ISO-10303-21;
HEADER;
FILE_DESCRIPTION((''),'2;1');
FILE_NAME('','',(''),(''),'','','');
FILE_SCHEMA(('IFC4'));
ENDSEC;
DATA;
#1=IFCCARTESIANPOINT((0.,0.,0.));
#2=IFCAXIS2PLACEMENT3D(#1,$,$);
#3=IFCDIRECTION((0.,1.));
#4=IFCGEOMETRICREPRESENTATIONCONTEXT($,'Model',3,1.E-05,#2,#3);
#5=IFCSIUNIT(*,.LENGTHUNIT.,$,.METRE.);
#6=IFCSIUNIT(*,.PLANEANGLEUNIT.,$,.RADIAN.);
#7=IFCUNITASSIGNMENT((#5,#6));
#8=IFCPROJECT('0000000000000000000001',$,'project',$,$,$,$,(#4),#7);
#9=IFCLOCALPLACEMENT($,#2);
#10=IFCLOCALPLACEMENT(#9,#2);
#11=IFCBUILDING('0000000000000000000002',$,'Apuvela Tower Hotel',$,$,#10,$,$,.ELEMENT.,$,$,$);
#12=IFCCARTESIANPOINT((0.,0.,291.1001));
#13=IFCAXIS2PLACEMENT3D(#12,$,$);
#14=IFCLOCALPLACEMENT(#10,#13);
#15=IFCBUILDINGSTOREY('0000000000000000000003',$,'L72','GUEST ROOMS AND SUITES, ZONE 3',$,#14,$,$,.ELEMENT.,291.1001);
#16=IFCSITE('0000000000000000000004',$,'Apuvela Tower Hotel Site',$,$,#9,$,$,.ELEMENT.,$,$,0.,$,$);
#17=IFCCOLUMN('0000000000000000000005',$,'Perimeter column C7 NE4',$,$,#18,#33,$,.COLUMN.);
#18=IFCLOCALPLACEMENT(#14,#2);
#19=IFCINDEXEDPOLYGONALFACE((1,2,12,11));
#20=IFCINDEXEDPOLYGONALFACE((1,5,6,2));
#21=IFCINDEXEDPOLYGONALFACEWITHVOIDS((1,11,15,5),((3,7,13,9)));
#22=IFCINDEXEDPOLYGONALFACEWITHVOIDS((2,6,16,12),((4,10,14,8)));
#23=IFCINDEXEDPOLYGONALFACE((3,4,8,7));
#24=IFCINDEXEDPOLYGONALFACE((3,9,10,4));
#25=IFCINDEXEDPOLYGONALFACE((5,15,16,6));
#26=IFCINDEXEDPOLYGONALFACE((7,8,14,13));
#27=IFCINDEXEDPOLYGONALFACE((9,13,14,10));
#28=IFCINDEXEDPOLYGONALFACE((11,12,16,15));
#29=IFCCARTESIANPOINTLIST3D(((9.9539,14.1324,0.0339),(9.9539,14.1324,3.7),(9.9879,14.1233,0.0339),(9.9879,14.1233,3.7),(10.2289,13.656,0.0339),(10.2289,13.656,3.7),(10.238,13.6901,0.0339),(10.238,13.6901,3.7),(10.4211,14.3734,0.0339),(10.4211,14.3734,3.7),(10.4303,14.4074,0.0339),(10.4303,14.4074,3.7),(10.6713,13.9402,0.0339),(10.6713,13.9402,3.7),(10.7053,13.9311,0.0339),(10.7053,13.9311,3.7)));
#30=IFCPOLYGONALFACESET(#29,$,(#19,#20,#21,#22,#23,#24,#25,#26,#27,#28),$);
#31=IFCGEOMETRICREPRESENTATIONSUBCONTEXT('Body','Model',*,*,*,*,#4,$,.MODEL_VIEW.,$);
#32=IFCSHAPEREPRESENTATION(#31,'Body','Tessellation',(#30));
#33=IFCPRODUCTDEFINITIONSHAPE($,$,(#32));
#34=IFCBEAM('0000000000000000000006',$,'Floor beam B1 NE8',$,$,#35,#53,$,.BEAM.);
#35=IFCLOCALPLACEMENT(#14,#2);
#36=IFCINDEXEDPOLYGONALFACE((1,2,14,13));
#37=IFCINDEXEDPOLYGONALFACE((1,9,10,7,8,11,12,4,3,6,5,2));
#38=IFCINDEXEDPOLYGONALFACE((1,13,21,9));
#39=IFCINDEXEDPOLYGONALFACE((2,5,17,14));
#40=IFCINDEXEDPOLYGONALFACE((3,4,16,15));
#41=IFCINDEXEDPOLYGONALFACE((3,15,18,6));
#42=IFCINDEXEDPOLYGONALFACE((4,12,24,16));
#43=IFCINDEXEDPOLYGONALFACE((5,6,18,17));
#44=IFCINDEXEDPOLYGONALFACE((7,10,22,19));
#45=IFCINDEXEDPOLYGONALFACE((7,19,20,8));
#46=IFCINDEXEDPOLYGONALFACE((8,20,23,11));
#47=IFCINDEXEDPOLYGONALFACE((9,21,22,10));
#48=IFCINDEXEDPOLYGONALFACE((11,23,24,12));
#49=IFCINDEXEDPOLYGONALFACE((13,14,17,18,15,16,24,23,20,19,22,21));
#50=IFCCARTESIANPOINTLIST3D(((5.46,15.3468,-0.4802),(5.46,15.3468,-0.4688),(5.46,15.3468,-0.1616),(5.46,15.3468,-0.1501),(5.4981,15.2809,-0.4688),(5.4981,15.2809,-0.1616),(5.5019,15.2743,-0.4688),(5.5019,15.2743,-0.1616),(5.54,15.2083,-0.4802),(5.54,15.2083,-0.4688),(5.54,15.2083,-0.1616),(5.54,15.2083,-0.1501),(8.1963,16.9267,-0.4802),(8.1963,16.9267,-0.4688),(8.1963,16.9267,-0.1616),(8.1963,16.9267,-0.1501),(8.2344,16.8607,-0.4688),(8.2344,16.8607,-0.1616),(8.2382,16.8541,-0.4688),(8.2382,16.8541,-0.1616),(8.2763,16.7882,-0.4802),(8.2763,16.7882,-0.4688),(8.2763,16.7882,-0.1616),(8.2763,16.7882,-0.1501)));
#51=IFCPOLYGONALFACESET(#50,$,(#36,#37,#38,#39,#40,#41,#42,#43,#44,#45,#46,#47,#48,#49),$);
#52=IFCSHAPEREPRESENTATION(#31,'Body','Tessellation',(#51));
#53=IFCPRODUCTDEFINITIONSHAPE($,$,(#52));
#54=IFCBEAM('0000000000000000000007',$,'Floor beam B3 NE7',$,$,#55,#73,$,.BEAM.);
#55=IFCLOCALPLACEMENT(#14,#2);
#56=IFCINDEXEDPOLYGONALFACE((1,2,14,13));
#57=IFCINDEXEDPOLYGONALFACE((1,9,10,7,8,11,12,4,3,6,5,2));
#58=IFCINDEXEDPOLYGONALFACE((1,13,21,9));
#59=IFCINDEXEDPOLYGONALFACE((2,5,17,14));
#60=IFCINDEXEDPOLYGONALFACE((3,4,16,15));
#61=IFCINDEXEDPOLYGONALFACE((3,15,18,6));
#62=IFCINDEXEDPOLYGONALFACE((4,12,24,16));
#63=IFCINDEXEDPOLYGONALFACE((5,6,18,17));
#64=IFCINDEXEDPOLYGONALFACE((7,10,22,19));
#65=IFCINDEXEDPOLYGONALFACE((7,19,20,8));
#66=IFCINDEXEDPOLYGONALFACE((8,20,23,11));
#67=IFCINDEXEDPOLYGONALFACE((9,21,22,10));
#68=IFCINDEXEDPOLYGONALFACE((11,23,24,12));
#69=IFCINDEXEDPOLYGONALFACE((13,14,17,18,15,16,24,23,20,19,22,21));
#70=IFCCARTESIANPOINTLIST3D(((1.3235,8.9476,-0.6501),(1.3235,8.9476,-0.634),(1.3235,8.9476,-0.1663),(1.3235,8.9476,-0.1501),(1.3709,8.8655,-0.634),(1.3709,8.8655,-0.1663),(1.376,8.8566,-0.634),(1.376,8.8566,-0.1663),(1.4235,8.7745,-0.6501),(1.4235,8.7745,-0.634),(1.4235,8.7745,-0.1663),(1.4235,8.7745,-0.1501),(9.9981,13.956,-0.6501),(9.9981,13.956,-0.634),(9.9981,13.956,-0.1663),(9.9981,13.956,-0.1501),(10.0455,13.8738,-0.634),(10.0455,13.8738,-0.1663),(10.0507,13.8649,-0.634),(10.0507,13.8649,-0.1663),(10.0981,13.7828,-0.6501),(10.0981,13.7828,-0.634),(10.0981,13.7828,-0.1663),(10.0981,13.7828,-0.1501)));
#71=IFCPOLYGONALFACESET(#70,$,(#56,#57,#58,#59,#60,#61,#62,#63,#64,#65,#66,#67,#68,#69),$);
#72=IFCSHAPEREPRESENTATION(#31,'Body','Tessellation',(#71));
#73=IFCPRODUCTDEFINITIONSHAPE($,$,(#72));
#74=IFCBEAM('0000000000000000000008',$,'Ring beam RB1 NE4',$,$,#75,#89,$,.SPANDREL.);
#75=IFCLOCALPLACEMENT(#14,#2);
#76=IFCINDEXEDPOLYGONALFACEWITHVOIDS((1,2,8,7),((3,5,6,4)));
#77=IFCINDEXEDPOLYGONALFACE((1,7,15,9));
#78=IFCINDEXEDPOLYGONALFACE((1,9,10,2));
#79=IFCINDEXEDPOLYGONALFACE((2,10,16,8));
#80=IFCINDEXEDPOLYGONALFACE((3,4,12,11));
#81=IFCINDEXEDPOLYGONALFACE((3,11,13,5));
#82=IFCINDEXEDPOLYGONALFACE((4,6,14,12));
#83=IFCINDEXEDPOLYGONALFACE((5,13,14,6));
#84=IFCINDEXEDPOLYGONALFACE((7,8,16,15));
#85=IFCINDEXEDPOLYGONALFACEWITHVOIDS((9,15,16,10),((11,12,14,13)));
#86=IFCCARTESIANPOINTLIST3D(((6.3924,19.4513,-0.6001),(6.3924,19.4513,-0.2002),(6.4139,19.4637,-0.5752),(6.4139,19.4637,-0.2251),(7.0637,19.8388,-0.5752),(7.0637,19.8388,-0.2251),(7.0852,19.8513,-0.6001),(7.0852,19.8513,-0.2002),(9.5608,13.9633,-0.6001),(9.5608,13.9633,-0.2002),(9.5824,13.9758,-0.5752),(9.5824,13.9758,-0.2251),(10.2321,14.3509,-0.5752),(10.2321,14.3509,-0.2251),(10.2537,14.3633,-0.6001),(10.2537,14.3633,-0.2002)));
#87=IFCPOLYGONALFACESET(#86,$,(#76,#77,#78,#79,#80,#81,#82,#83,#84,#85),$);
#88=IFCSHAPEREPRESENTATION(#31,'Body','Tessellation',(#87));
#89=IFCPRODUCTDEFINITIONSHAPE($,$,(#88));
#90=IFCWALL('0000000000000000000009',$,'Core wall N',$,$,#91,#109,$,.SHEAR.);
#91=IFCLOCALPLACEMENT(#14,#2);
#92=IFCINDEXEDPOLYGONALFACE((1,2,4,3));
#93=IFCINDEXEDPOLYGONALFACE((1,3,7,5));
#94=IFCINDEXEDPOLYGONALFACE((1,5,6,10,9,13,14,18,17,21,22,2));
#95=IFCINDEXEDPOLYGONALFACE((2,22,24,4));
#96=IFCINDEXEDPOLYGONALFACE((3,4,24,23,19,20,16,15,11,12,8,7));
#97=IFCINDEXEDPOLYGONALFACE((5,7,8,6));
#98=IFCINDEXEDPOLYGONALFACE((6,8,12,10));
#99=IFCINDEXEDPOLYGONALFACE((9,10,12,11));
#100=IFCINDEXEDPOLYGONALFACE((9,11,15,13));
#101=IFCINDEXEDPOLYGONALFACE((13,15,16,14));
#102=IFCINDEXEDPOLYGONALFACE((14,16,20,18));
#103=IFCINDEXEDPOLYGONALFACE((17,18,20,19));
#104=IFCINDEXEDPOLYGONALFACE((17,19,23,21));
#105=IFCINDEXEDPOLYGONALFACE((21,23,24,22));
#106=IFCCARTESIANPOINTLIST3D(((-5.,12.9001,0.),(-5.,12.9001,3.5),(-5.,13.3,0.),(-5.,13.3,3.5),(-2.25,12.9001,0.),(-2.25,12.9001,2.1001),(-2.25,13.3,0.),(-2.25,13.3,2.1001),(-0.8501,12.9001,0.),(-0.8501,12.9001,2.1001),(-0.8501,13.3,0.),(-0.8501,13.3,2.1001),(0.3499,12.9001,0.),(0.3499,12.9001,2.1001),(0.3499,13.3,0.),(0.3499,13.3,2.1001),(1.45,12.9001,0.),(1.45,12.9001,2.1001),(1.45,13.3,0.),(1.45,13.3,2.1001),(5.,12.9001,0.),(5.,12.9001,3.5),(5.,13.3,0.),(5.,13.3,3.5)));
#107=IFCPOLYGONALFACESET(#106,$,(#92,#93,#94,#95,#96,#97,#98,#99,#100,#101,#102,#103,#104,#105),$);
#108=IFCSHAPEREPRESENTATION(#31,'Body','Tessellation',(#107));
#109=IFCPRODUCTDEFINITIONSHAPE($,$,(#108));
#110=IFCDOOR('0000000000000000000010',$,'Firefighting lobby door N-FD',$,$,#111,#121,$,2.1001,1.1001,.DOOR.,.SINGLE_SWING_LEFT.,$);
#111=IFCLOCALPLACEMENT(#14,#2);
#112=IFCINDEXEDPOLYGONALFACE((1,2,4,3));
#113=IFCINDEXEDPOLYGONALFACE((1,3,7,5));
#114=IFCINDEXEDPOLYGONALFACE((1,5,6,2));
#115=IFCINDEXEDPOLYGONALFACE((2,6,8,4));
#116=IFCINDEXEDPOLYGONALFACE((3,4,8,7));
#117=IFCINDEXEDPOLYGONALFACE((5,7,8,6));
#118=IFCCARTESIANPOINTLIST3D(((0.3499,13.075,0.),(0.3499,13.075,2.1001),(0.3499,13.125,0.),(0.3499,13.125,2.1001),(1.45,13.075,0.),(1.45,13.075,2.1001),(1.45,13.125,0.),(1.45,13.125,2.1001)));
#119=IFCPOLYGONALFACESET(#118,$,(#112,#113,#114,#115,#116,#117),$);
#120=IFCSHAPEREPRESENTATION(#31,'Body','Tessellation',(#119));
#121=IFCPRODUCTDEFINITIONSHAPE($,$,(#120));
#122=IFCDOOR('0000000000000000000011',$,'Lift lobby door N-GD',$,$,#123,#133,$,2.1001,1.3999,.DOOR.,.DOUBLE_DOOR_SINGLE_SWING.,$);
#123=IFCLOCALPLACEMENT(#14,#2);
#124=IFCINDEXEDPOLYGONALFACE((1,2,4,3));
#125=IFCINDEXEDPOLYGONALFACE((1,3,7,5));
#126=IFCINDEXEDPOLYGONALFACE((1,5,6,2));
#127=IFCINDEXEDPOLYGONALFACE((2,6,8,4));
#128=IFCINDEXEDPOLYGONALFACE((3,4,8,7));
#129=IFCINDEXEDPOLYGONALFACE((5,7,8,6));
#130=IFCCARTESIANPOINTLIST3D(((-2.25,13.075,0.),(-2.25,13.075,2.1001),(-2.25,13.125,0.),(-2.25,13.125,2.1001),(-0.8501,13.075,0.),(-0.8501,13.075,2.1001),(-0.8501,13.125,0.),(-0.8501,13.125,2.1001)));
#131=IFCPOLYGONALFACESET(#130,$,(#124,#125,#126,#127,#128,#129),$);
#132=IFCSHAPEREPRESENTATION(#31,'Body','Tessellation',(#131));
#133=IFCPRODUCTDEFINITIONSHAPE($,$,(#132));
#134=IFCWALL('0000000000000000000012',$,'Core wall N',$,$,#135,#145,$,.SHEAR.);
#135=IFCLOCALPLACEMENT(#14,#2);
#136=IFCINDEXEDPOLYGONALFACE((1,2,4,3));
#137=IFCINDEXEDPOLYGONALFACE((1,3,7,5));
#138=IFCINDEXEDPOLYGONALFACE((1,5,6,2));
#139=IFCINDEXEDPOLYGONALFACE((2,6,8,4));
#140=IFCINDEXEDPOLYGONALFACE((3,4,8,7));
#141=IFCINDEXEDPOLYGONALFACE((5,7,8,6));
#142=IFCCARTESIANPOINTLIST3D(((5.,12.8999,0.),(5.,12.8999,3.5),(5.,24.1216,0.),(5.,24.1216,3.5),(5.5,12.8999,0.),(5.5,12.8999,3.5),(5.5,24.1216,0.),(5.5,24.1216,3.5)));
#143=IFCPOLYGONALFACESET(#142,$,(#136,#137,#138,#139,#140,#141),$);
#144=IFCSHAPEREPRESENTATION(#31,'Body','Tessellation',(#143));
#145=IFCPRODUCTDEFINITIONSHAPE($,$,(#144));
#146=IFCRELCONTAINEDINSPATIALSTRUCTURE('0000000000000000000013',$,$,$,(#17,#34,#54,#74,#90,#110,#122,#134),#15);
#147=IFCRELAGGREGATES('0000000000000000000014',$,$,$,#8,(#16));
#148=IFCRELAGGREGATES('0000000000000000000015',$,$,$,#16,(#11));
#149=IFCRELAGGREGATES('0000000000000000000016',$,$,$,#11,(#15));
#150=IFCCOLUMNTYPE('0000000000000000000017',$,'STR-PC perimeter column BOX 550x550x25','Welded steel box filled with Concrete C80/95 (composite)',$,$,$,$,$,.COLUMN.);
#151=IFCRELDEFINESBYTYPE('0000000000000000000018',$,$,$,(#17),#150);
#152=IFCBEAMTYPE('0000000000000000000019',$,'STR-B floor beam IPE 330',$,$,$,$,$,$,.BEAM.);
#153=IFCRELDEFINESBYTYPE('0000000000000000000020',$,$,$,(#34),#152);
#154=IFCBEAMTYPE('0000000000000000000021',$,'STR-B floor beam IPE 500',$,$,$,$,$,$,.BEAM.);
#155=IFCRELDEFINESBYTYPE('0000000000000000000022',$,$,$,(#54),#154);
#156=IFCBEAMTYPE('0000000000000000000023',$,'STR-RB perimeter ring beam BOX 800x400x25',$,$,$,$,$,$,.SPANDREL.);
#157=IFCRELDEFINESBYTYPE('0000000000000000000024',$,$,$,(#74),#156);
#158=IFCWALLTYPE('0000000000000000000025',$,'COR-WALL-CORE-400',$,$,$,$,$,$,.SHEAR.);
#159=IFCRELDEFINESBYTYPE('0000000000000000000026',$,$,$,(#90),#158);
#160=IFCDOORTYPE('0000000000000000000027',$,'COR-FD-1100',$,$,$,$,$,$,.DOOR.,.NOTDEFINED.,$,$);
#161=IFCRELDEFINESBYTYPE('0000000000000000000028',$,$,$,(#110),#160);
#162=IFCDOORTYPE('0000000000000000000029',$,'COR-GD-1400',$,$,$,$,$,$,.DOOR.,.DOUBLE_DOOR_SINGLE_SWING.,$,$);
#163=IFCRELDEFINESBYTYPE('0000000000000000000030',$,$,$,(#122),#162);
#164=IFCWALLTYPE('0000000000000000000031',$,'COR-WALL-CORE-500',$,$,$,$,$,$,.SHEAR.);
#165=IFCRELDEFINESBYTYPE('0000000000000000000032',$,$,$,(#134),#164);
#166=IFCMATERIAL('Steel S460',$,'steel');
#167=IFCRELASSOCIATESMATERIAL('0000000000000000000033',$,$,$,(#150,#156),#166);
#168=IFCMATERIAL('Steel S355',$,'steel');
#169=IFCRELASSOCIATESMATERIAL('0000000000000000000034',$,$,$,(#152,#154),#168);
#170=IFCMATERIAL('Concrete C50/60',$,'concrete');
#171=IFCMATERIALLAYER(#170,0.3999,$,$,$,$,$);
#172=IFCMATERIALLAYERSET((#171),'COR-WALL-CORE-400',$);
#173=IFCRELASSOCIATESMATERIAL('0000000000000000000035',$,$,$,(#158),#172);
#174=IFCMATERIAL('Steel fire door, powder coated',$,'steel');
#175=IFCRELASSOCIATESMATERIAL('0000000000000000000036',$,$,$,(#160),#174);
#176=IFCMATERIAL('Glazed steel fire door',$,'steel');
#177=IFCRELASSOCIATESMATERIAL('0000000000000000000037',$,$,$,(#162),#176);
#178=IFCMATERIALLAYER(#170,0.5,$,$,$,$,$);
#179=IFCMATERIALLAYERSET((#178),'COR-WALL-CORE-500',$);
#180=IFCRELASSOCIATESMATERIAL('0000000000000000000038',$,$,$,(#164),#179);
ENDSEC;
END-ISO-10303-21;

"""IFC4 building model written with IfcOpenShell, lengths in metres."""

from ifc_helpers import new_model, si_unit, direction, frame, frame_2d, origin, origin_2d, place, context, subcontext, project, spatial, rectangle, hollow_rectangle, i_section, extrude, boolean, halfspace, material, layer, layer_set, material_profile, profile_set, type_object, element, fill, save


model = new_model("IFC4")

# Units and contexts
model_context = context("Model", 3, precision=1e-05, world=origin(), true_north=direction((0.0, 1.0)))
body_context = subcontext(model_context, "Body", "Model", "MODEL_VIEW")
ifc_project = project(units=[si_unit("LENGTHUNIT", "METRE"), si_unit("PLANEANGLEUNIT", "RADIAN")], contexts=[model_context])

# Site, building, storey
site_placement = place(None, origin())
site = spatial("IfcSite", under=ifc_project, at=site_placement, Name="Apuvela Tower Hotel Site", CompositionType="ELEMENT", RefElevation=0.0)
building_placement = place(site_placement, origin())
building = spatial("IfcBuilding", under=site, at=building_placement, Name="Apuvela Tower Hotel", CompositionType="ELEMENT")
storey_placement = place(building_placement, frame((0.0, 0.0, 291.1001)))
storey = spatial("IfcBuildingStorey", under=building, at=storey_placement, Name="L72", Description="GUEST ROOMS AND SUITES, ZONE 3", CompositionType="ELEMENT", Elevation=291.1001)

# Column
ifc_material_1 = material(Name="Steel S460", Category="steel")
ifc_material_profile_1 = material_profile(ifc_material_1, hollow_rectangle(XDim=0.55, YDim=0.55, WallThickness=0.0249, at=origin_2d()), Name="BOX 550x550x25")
ifc_material_2 = material(Name="Concrete C80/95", Category="concrete")
ifc_material_profile_2 = material_profile(ifc_material_2, rectangle(XDim=0.5, YDim=0.5, at=origin_2d()), Name="Concrete C80/95 infill")
ifc_profile_set_1 = profile_set([ifc_material_profile_1, ifc_material_profile_2], Name="Steel S460")
column_type = type_object("IfcColumnType", Name="STR-PC perimeter column BOX 550x550x25", Description="Welded steel box filled with Concrete C80/95 (composite)", PredefinedType="COLUMN", material=ifc_profile_set_1)
column_placement = place(storey_placement, frame((10.3296, 14.0317, 0.0), z_axis=(0.0, 0.0, 1.0), x_axis=(-0.5, 0.866025, 0.0)))
element("IfcColumn", 1, at=column_placement, inside=storey, type_object=column_type, Name="Perimeter column C7 NE4", PredefinedType="COLUMN", context=body_context, shape_type="SweptSolid", body=[
    boolean("DIFFERENCE", extrude(hollow_rectangle(XDim=0.55, YDim=0.55, WallThickness=0.0249, at=origin_2d()), origin(), (0.0, 0.0, 1.0), 3.7), halfspace(frame((0.0, 0.0, 0.0339), z_axis=(0.0, 0.0, 1.0), x_axis=(1.0, 0.0, 0.0)), True)),
])

# Beams
ifc_material_3 = material(Name="Steel S355", Category="steel")
ifc_material_profile_3 = material_profile(ifc_material_3, i_section(OverallWidth=0.1599, OverallDepth=0.3301, WebThickness=0.0076, FlangeThickness=0.0115, at=origin_2d()), Name="IPE 330")
ifc_profile_set_2 = profile_set([ifc_material_profile_3], Name="Steel S355")
beam_type_1 = type_object("IfcBeamType", Name="STR-B floor beam IPE 330", PredefinedType="BEAM", material=ifc_profile_set_2)
beam_1_placement = place(storey_placement, frame((8.2363, 16.8574, -0.3152), z_axis=(-0.866023, -0.500003, 0.0), x_axis=(0.500003, -0.866023, 0.0)))
element("IfcBeam", 2, at=beam_1_placement, inside=storey, type_object=beam_type_1, Name="Floor beam B1 NE8", PredefinedType="BEAM", context=body_context, shape_type="SweptSolid", body=[
    extrude(i_section(OverallWidth=0.1599, OverallDepth=0.3301, WebThickness=0.0076, FlangeThickness=0.0115, at=origin_2d()), origin(), (0.0, 0.0, 1.0), 3.1597),
])
ifc_material_profile_4 = material_profile(ifc_material_3, i_section(OverallWidth=0.2, OverallDepth=0.5, WebThickness=0.0103, FlangeThickness=0.0161, at=origin_2d()), Name="IPE 500")
ifc_profile_set_3 = profile_set([ifc_material_profile_4], Name="Steel S355")
beam_type_2 = type_object("IfcBeamType", Name="STR-B floor beam IPE 500", PredefinedType="BEAM", material=ifc_profile_set_3)
beam_2_placement = place(storey_placement, frame((10.0481, 13.8694, -0.4001), z_axis=(-0.866024, -0.500003, 0.0), x_axis=(0.500003, -0.866024, 0.0)))
element("IfcBeam", 3, at=beam_2_placement, inside=storey, type_object=beam_type_2, Name="Floor beam B3 NE7", PredefinedType="BEAM", context=body_context, shape_type="SweptSolid", body=[
    extrude(i_section(OverallWidth=0.2, OverallDepth=0.5, WebThickness=0.0103, FlangeThickness=0.0161, at=origin_2d()), origin(), (0.0, 0.0, 1.0), 10.0166),
])
ifc_material_profile_5 = material_profile(ifc_material_1, hollow_rectangle(XDim=0.8, YDim=0.3999, WallThickness=0.0249, at=origin_2d()), Name="BOX 800x400x25")
ifc_profile_set_4 = profile_set([ifc_material_profile_5], Name="Steel S460")
beam_type_3 = type_object("IfcBeamType", Name="STR-RB perimeter ring beam BOX 800x400x25", PredefinedType="SPANDREL", material=ifc_profile_set_4)
beam_3_placement = place(storey_placement, frame((9.9072, 14.1633, -0.4001), z_axis=(-0.499993, 0.86603, 0.0), x_axis=(-0.86603, -0.499993, 0.0)))
element("IfcBeam", 4, at=beam_3_placement, inside=storey, type_object=beam_type_3, Name="Ring beam RB1 NE4", PredefinedType="SPANDREL", context=body_context, shape_type="SweptSolid", body=[
    extrude(hollow_rectangle(XDim=0.8, YDim=0.3999, WallThickness=0.0249, at=origin_2d()), origin(), (0.0, 0.0, 1.0), 6.3369),
])

# Wall, openings, doors
ifc_material_4 = material(Name="Concrete C50/60", Category="concrete")
ifc_layer_1 = layer(ifc_material_4, 0.3999)
ifc_layer_set_1 = layer_set([ifc_layer_1], Name="COR-WALL-CORE-400")
wall_type_1 = type_object("IfcWallType", Name="COR-WALL-CORE-400", PredefinedType="SHEAR", material=ifc_layer_set_1)
wall_1_placement = place(storey_placement, frame((5.0, 13.1001, 0.0), z_axis=(0.0, 0.0, 1.0), x_axis=(-1.0, 0.0, 0.0)))
wall_1 = element("IfcWall", 5, at=wall_1_placement, inside=storey, type_object=wall_type_1, Name="Core wall N", PredefinedType="SHEAR", context=body_context, shape_type="SweptSolid", body=[
    extrude(rectangle(XDim=10.0, YDim=0.3999, at=frame_2d((5.0, 0.0))), origin(), (0.0, 0.0, 1.0), 3.5),
])
opening_1_placement = place(wall_1_placement, frame((3.55, 0.0, 0.0)))
opening_1 = element("IfcOpeningElement", 6, at=opening_1_placement, cuts=wall_1, PredefinedType="OPENING", context=body_context, shape_type="SweptSolid", body=[
    extrude(rectangle(XDim=1.1001, YDim=2.1001, at=frame_2d((0.55, 1.05))), frame((0.0, 0.21, 0.0), z_axis=(0.0, -1.0, 0.0), x_axis=(1.0, 0.0, 0.0)), (0.0, 0.0, 1.0), 0.4199),
])
opening_2_placement = place(wall_1_placement, frame((5.8501, 0.0, 0.0)))
opening_2 = element("IfcOpeningElement", 7, at=opening_2_placement, cuts=wall_1, PredefinedType="OPENING", context=body_context, shape_type="SweptSolid", body=[
    extrude(rectangle(XDim=1.3999, YDim=2.1001, at=frame_2d((0.7, 1.05))), frame((0.0, 0.21, 0.0), z_axis=(0.0, -1.0, 0.0), x_axis=(1.0, 0.0, 0.0)), (0.0, 0.0, 1.0), 0.4199),
])
ifc_material_5 = material(Name="Steel fire door, powder coated", Category="steel")
door_type_1 = type_object("IfcDoorType", Name="COR-FD-1100", OperationType="NOTDEFINED", PredefinedType="DOOR", material=ifc_material_5)
door_1_placement = place(opening_1_placement, frame((1.1001, 0.0, 0.0), z_axis=(0.0, 0.0, 1.0), x_axis=(-1.0, 0.0, 0.0)))
door_1 = element("IfcDoor", 8, at=door_1_placement, inside=storey, type_object=door_type_1, Name="Firefighting lobby door N-FD", OperationType="SINGLE_SWING_LEFT", OverallHeight=2.1001, OverallWidth=1.1001, PredefinedType="DOOR", context=body_context, shape_type="SweptSolid", body=[
    extrude(rectangle(XDim=1.1001, YDim=2.1001, at=frame_2d((0.55, 1.05))), frame((0.0, 0.0249, 0.0), z_axis=(0.0, -1.0, 0.0), x_axis=(1.0, 0.0, 0.0)), (0.0, 0.0, 1.0), 0.05),
])
fill(opening_1, door_1)
ifc_material_6 = material(Name="Glazed steel fire door", Category="steel")
door_type_2 = type_object("IfcDoorType", Name="COR-GD-1400", OperationType="DOUBLE_DOOR_SINGLE_SWING", PredefinedType="DOOR", material=ifc_material_6)
door_2_placement = place(opening_2_placement, frame((1.3999, 0.0, 0.0), z_axis=(0.0, 0.0, 1.0), x_axis=(-1.0, 0.0, 0.0)))
door_2 = element("IfcDoor", 9, at=door_2_placement, inside=storey, type_object=door_type_2, Name="Lift lobby door N-GD", OperationType="DOUBLE_DOOR_SINGLE_SWING", OverallHeight=2.1001, OverallWidth=1.3999, PredefinedType="DOOR", context=body_context, shape_type="SweptSolid", body=[
    extrude(rectangle(XDim=1.3999, YDim=2.1001, at=frame_2d((0.7, 1.05))), frame((0.0, 0.0249, 0.0), z_axis=(0.0, -1.0, 0.0), x_axis=(1.0, 0.0, 0.0)), (0.0, 0.0, 1.0), 0.05),
])
fill(opening_2, door_2)

# Wall
ifc_layer_2 = layer(ifc_material_4, 0.5)
ifc_layer_set_2 = layer_set([ifc_layer_2], Name="COR-WALL-CORE-500")
wall_type_2 = type_object("IfcWallType", Name="COR-WALL-CORE-500", PredefinedType="SHEAR", material=ifc_layer_set_2)
wall_2_placement = place(storey_placement, frame((5.25, 12.8999, 0.0), z_axis=(0.0, 0.0, 1.0), x_axis=(0.0, 1.0, 0.0)))
element("IfcWall", 10, at=wall_2_placement, inside=storey, type_object=wall_type_2, Name="Core wall N", PredefinedType="SHEAR", context=body_context, shape_type="SweptSolid", body=[
    extrude(rectangle(XDim=11.2217, YDim=0.5, at=frame_2d((5.6108, 0.0))), origin(), (0.0, 0.0, 1.0), 3.5),
])

save(model, "model.ifc")
